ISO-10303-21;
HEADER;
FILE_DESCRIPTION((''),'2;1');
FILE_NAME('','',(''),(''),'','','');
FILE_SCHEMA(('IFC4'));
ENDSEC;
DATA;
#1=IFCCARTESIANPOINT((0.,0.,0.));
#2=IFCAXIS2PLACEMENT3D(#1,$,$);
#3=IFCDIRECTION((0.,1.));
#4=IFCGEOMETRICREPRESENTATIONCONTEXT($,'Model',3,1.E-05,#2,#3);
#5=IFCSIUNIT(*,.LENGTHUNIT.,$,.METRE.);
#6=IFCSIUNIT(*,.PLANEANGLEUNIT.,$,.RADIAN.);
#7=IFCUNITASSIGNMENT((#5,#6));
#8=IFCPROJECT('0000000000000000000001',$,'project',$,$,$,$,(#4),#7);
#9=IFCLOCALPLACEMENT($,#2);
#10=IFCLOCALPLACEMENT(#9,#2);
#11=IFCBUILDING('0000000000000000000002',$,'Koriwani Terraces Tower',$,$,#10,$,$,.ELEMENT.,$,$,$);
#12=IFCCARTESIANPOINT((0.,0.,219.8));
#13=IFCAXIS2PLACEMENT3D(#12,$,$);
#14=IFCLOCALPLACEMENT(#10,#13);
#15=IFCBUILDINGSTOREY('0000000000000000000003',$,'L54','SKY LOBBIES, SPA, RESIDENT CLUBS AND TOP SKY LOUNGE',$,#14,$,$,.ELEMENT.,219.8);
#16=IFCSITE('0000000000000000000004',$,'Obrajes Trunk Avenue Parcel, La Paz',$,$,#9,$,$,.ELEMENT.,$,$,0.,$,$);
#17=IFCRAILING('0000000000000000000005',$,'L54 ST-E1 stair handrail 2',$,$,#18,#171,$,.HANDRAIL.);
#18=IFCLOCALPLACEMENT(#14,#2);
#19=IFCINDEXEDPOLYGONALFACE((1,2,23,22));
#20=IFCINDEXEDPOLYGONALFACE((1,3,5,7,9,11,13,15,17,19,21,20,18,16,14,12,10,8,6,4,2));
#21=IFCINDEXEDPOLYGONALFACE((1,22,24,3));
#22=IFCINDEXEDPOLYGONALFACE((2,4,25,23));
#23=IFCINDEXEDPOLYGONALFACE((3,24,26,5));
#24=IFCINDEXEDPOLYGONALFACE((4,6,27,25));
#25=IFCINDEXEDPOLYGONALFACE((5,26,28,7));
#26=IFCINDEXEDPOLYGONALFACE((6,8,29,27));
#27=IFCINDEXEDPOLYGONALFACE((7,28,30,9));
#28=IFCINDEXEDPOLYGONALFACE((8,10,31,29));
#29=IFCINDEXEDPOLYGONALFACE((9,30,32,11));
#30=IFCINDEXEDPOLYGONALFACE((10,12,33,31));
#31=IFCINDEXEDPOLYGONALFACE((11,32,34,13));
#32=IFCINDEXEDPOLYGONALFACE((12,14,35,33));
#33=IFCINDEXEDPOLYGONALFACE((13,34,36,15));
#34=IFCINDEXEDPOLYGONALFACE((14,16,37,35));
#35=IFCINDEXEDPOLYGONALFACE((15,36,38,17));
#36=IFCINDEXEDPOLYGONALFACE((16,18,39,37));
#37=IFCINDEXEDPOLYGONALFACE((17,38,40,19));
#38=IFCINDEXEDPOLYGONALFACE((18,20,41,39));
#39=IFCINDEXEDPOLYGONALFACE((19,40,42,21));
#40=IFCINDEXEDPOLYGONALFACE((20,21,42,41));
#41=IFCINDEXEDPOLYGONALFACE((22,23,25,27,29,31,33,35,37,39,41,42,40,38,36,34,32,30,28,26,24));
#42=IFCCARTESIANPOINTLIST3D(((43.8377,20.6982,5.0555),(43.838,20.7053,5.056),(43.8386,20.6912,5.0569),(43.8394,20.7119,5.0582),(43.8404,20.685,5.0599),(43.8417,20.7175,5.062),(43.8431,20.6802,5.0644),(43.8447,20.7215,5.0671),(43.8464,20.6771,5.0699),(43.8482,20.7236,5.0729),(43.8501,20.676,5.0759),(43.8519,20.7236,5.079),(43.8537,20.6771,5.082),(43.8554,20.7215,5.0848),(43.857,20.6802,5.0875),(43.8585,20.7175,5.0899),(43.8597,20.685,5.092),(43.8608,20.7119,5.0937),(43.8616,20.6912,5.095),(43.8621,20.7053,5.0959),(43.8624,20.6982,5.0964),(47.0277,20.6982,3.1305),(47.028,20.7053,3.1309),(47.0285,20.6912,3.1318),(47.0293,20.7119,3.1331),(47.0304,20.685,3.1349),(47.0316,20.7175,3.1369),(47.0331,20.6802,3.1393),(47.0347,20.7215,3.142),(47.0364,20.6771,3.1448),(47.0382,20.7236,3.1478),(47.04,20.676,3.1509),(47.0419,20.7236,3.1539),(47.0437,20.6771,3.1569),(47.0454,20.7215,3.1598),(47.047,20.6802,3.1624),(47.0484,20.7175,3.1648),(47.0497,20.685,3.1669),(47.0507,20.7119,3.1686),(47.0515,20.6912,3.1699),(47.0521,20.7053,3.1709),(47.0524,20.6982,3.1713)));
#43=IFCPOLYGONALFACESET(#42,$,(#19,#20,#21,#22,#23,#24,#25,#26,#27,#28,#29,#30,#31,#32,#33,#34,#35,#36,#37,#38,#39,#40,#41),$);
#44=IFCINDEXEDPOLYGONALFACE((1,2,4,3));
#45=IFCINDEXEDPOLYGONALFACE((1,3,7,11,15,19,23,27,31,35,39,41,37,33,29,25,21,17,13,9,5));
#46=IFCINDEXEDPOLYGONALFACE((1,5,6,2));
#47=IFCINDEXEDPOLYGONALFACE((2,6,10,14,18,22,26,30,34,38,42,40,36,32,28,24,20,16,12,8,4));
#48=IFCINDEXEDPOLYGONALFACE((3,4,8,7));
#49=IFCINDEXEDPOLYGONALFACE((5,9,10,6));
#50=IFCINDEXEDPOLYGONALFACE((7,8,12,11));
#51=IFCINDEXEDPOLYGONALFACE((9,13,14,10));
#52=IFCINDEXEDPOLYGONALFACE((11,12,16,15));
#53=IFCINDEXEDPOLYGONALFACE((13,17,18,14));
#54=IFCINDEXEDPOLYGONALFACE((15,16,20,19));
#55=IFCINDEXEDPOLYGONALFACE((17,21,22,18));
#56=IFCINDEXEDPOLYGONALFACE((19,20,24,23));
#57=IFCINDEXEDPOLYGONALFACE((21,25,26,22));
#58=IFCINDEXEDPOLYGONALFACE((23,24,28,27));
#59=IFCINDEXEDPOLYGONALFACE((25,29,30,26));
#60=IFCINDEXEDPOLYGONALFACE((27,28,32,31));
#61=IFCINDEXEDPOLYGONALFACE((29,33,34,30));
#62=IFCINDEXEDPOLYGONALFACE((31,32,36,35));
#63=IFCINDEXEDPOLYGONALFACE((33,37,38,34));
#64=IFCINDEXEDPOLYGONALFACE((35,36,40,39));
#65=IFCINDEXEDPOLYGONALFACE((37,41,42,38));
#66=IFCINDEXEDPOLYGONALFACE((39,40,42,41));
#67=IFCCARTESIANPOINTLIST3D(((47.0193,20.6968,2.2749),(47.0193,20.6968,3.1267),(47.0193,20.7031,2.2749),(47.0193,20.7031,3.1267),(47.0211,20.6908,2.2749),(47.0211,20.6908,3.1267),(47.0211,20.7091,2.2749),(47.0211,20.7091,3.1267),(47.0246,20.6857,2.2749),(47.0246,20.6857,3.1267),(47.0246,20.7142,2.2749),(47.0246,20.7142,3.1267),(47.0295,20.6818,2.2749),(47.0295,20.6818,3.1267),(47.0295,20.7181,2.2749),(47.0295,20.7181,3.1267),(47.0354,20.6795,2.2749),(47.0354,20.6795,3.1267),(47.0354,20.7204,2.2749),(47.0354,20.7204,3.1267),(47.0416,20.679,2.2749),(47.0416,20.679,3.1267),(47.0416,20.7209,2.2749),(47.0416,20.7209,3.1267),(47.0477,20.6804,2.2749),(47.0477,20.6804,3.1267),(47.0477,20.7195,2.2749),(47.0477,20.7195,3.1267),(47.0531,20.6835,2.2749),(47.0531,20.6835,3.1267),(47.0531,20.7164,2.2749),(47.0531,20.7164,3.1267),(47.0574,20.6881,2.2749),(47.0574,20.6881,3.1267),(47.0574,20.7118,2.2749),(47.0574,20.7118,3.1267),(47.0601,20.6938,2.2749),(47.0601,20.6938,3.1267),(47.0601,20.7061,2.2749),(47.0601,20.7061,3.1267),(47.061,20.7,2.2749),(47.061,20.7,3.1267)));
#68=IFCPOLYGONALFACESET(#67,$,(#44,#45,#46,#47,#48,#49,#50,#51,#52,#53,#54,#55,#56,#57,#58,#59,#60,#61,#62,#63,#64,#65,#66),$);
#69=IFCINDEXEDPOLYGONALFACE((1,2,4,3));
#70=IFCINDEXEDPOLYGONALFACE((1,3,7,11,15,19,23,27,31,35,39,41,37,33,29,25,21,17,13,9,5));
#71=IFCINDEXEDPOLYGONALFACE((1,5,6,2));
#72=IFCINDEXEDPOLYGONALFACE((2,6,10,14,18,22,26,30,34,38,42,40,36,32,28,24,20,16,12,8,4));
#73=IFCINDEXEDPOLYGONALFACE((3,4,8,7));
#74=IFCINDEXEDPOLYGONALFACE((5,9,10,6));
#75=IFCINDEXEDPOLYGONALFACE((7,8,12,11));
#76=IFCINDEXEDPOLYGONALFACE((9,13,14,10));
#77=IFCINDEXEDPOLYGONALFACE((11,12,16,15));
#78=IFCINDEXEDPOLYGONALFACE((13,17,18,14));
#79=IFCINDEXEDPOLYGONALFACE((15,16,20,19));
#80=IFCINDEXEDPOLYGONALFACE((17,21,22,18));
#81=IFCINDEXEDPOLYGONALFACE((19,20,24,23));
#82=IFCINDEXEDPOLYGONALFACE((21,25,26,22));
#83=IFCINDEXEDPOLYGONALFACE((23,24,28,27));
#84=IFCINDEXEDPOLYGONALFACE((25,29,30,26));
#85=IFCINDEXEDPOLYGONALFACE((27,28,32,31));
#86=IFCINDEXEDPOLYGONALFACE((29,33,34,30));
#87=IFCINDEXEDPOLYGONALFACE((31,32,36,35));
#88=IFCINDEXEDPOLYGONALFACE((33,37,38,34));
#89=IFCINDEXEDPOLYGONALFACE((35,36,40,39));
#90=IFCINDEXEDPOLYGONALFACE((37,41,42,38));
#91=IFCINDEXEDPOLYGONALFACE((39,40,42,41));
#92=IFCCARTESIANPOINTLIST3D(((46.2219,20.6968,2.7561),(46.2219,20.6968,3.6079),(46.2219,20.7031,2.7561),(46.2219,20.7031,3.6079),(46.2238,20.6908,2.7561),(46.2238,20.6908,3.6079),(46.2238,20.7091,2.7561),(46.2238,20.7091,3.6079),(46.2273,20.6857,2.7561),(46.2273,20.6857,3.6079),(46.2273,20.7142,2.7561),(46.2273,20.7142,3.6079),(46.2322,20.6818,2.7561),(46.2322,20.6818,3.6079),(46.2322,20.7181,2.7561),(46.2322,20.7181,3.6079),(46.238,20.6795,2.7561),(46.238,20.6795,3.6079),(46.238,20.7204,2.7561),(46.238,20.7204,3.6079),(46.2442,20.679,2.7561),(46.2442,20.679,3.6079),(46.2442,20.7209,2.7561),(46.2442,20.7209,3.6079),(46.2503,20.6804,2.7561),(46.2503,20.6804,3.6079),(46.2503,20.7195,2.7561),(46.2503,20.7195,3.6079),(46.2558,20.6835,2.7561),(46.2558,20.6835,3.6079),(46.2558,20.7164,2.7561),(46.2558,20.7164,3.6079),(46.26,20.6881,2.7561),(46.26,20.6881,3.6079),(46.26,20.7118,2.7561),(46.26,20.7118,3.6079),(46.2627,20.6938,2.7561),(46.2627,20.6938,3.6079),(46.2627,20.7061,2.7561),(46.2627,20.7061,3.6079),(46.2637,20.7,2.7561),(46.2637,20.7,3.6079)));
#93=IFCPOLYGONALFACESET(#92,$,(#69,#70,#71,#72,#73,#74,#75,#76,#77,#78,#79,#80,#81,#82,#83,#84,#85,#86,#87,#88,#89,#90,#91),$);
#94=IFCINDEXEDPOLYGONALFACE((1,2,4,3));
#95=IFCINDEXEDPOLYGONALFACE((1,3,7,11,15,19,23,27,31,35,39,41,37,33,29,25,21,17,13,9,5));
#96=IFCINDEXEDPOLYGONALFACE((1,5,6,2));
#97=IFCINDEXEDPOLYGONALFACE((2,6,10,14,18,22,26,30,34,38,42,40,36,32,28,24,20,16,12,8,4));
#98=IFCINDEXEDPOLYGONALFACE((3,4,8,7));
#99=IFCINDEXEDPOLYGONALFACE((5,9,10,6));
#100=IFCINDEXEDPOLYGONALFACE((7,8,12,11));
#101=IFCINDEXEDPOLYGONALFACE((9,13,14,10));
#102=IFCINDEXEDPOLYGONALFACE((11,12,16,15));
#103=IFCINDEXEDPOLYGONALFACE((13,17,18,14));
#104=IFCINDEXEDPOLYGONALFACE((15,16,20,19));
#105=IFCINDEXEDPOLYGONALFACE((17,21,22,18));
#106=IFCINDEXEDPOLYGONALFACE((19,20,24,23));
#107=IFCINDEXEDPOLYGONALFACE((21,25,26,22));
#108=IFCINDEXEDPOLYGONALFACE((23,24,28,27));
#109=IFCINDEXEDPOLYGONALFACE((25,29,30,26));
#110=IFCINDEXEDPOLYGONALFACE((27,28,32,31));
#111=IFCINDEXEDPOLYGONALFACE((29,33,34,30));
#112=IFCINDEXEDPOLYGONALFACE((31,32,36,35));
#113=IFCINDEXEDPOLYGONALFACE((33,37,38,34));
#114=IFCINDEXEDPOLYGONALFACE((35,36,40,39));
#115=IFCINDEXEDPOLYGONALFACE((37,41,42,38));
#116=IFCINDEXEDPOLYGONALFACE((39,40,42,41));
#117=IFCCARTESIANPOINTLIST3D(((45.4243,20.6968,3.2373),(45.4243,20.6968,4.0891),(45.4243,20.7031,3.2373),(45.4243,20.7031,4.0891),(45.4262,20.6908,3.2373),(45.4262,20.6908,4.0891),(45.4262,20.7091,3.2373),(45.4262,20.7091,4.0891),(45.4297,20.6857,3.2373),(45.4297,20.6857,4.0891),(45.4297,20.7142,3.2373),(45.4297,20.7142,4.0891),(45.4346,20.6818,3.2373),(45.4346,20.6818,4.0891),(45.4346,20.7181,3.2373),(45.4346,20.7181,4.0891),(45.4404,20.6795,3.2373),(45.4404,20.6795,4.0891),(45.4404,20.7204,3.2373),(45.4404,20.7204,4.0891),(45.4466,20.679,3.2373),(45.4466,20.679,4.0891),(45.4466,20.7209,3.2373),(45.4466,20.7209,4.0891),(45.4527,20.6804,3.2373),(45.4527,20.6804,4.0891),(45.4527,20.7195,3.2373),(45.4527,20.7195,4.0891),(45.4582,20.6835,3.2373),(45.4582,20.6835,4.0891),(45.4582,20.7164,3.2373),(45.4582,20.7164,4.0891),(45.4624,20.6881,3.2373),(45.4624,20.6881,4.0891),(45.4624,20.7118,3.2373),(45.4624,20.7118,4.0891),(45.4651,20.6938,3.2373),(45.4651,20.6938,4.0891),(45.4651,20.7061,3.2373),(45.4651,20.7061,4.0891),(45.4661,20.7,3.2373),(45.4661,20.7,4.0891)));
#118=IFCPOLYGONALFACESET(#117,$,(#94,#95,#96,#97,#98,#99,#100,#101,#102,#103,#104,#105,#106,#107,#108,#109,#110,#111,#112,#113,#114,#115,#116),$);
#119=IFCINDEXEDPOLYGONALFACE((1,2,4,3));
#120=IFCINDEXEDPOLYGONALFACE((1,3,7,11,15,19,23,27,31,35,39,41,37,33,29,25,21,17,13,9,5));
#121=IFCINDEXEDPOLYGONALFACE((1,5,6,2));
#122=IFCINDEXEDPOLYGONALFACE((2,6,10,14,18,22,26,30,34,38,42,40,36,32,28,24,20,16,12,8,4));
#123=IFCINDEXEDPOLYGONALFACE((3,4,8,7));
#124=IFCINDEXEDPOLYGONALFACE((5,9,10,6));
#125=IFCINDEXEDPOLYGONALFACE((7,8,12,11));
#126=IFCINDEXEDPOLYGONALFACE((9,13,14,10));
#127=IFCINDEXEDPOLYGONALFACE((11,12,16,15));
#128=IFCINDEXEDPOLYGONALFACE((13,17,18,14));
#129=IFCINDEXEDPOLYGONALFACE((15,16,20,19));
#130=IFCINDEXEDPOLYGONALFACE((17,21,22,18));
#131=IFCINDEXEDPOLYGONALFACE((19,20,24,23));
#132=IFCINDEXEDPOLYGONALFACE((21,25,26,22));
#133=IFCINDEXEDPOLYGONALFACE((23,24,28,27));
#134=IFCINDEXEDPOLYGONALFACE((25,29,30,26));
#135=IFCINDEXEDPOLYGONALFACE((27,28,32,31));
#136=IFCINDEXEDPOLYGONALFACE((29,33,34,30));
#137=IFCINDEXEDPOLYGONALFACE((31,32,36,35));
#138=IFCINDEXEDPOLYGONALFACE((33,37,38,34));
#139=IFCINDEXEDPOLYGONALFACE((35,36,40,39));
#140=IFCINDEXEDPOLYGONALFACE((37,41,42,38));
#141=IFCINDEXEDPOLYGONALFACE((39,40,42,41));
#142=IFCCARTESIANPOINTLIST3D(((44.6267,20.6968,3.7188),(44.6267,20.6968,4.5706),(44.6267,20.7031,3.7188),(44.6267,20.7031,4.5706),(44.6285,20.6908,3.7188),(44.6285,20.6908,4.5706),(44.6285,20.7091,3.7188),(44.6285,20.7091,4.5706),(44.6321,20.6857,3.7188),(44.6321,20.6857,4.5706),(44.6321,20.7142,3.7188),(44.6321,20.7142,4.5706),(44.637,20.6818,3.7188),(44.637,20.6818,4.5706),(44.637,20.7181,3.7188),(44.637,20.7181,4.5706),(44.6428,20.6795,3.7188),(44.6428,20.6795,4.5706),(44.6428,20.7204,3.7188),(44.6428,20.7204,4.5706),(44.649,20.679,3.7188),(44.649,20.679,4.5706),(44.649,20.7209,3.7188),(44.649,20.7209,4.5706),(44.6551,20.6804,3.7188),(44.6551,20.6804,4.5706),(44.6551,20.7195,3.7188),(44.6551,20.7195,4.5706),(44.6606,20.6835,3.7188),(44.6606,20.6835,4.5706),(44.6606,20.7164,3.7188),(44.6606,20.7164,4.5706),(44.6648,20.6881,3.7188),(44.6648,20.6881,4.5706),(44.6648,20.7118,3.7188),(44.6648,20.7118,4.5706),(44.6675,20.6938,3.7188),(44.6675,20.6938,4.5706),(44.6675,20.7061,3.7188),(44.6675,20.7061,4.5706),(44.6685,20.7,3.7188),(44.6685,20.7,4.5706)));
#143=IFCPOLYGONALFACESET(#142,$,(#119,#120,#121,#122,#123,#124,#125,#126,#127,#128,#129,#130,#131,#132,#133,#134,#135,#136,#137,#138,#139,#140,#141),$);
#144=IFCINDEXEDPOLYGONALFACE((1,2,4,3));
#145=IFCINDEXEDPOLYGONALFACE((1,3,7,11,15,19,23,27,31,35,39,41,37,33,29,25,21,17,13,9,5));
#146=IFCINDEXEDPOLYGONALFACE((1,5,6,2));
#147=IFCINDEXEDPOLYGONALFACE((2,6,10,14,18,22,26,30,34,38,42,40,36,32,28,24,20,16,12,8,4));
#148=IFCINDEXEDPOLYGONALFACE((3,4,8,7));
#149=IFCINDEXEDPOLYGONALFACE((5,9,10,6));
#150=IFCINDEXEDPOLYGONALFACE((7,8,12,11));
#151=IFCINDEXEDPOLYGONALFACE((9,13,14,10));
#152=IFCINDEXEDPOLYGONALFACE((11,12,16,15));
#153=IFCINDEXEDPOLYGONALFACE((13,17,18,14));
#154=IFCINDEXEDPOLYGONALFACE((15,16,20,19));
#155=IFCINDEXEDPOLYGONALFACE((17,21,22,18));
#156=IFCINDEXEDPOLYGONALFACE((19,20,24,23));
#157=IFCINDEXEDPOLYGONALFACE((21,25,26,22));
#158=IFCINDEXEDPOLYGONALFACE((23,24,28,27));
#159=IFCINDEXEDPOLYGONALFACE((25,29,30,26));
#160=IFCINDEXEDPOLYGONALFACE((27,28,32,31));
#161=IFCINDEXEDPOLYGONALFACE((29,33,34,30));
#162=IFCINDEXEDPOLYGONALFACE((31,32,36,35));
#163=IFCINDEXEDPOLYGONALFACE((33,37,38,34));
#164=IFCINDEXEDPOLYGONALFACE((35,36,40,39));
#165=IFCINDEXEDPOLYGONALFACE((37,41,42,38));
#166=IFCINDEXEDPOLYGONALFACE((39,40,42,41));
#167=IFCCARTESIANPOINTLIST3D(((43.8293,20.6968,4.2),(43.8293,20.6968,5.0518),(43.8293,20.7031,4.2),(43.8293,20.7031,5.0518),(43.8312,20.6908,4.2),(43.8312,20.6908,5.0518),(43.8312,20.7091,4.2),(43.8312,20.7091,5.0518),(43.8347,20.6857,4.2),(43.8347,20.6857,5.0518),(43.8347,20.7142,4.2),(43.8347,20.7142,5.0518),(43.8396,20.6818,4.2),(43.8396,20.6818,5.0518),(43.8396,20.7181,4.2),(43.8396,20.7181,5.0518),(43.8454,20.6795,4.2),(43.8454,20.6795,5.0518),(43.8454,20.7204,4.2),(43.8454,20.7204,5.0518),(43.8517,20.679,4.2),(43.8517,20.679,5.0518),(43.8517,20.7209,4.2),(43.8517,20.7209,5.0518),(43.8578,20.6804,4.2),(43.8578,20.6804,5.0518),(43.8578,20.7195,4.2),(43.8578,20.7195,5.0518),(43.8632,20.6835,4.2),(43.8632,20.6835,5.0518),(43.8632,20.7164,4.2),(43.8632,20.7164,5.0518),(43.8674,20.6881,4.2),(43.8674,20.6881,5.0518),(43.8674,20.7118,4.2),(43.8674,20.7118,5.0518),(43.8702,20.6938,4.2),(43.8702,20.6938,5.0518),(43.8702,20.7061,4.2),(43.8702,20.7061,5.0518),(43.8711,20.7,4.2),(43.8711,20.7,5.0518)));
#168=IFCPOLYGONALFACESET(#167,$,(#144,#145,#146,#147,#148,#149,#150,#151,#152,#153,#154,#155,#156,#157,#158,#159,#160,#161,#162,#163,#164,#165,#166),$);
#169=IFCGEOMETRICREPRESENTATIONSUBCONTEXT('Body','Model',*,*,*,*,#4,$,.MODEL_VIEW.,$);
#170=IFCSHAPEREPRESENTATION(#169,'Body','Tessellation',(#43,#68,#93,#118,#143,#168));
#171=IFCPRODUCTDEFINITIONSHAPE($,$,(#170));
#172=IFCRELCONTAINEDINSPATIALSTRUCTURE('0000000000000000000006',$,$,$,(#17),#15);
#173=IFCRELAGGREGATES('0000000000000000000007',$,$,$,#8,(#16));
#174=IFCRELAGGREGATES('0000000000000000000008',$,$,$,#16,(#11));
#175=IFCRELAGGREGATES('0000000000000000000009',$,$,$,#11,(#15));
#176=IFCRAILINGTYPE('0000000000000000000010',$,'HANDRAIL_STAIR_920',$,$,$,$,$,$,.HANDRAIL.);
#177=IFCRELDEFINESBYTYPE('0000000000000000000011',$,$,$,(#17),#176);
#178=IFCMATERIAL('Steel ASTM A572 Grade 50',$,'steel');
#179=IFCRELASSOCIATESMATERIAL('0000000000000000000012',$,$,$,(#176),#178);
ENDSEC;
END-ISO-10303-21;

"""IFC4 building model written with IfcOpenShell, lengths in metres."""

from ifc_helpers import new_model, si_unit, direction, frame, origin, origin_2d, place, context, subcontext, project, spatial, circle, extrude, material, type_object, element, save


model = new_model("IFC4")

# Units and contexts
model_context = context("Model", 3, precision=1e-05, world=origin(), true_north=direction((0.0, 1.0)))
body_context = subcontext(model_context, "Body", "Model", "MODEL_VIEW")
ifc_project = project(units=[si_unit("LENGTHUNIT", "METRE"), si_unit("PLANEANGLEUNIT", "RADIAN")], contexts=[model_context])

# Site, building, storey
site_placement = place(None, origin())
site = spatial("IfcSite", under=ifc_project, at=site_placement, Name="Obrajes Trunk Avenue Parcel, La Paz", CompositionType="ELEMENT", RefElevation=0.0)
building_placement = place(site_placement, origin())
building = spatial("IfcBuilding", under=site, at=building_placement, Name="Koriwani Terraces Tower", CompositionType="ELEMENT")
storey_placement = place(building_placement, frame((0.0, 0.0, 219.8)))
storey = spatial("IfcBuildingStorey", under=building, at=storey_placement, Name="L54", Description="SKY LOBBIES, SPA, RESIDENT CLUBS AND TOP SKY LOUNGE", CompositionType="ELEMENT", Elevation=219.8)

# Shared definitions
ifc_material_1 = material(Name="Steel ASTM A572 Grade 50", Category="steel")

# Railing
railing_type_1 = type_object("IfcRailingType", Name="HANDRAIL_STAIR_920", PredefinedType="HANDRAIL", material=ifc_material_1)
railing_1_placement = place(storey_placement, frame((47.04, 20.7, 2.2749)))
element("IfcRailing", 1, at=railing_1_placement, inside=storey, type_object=railing_type_1, Name="L54 ST-E1 stair handrail 2", PredefinedType="HANDRAIL", context=body_context, shape_type="SweptSolid", body=[
    extrude(circle(Radius=0.0239, at=origin_2d()), frame((0.0, 0.0, 0.876), z_axis=(-0.856178, 0.0, 0.516682), x_axis=(0.0, -1.0, 0.0)), (0.0, 0.0, 1.0), 3.7258),
    extrude(circle(Radius=0.021, at=origin_2d()), origin(), (0.0, 0.0, 1.0), 0.8518),
    extrude(circle(Radius=0.021, at=origin_2d()), frame((-0.7974, 0.0, 0.4812)), (0.0, 0.0, 1.0), 0.8518),
    extrude(circle(Radius=0.021, at=origin_2d()), frame((-1.595, 0.0, 0.9624)), (0.0, 0.0, 1.0), 0.8518),
    extrude(circle(Radius=0.021, at=origin_2d()), frame((-2.3926, 0.0, 1.4438)), (0.0, 0.0, 1.0), 0.8518),
    extrude(circle(Radius=0.021, at=origin_2d()), frame((-3.1899, 0.0, 1.925)), (0.0, 0.0, 1.0), 0.8518),
])

save(model, "model.ifc")
